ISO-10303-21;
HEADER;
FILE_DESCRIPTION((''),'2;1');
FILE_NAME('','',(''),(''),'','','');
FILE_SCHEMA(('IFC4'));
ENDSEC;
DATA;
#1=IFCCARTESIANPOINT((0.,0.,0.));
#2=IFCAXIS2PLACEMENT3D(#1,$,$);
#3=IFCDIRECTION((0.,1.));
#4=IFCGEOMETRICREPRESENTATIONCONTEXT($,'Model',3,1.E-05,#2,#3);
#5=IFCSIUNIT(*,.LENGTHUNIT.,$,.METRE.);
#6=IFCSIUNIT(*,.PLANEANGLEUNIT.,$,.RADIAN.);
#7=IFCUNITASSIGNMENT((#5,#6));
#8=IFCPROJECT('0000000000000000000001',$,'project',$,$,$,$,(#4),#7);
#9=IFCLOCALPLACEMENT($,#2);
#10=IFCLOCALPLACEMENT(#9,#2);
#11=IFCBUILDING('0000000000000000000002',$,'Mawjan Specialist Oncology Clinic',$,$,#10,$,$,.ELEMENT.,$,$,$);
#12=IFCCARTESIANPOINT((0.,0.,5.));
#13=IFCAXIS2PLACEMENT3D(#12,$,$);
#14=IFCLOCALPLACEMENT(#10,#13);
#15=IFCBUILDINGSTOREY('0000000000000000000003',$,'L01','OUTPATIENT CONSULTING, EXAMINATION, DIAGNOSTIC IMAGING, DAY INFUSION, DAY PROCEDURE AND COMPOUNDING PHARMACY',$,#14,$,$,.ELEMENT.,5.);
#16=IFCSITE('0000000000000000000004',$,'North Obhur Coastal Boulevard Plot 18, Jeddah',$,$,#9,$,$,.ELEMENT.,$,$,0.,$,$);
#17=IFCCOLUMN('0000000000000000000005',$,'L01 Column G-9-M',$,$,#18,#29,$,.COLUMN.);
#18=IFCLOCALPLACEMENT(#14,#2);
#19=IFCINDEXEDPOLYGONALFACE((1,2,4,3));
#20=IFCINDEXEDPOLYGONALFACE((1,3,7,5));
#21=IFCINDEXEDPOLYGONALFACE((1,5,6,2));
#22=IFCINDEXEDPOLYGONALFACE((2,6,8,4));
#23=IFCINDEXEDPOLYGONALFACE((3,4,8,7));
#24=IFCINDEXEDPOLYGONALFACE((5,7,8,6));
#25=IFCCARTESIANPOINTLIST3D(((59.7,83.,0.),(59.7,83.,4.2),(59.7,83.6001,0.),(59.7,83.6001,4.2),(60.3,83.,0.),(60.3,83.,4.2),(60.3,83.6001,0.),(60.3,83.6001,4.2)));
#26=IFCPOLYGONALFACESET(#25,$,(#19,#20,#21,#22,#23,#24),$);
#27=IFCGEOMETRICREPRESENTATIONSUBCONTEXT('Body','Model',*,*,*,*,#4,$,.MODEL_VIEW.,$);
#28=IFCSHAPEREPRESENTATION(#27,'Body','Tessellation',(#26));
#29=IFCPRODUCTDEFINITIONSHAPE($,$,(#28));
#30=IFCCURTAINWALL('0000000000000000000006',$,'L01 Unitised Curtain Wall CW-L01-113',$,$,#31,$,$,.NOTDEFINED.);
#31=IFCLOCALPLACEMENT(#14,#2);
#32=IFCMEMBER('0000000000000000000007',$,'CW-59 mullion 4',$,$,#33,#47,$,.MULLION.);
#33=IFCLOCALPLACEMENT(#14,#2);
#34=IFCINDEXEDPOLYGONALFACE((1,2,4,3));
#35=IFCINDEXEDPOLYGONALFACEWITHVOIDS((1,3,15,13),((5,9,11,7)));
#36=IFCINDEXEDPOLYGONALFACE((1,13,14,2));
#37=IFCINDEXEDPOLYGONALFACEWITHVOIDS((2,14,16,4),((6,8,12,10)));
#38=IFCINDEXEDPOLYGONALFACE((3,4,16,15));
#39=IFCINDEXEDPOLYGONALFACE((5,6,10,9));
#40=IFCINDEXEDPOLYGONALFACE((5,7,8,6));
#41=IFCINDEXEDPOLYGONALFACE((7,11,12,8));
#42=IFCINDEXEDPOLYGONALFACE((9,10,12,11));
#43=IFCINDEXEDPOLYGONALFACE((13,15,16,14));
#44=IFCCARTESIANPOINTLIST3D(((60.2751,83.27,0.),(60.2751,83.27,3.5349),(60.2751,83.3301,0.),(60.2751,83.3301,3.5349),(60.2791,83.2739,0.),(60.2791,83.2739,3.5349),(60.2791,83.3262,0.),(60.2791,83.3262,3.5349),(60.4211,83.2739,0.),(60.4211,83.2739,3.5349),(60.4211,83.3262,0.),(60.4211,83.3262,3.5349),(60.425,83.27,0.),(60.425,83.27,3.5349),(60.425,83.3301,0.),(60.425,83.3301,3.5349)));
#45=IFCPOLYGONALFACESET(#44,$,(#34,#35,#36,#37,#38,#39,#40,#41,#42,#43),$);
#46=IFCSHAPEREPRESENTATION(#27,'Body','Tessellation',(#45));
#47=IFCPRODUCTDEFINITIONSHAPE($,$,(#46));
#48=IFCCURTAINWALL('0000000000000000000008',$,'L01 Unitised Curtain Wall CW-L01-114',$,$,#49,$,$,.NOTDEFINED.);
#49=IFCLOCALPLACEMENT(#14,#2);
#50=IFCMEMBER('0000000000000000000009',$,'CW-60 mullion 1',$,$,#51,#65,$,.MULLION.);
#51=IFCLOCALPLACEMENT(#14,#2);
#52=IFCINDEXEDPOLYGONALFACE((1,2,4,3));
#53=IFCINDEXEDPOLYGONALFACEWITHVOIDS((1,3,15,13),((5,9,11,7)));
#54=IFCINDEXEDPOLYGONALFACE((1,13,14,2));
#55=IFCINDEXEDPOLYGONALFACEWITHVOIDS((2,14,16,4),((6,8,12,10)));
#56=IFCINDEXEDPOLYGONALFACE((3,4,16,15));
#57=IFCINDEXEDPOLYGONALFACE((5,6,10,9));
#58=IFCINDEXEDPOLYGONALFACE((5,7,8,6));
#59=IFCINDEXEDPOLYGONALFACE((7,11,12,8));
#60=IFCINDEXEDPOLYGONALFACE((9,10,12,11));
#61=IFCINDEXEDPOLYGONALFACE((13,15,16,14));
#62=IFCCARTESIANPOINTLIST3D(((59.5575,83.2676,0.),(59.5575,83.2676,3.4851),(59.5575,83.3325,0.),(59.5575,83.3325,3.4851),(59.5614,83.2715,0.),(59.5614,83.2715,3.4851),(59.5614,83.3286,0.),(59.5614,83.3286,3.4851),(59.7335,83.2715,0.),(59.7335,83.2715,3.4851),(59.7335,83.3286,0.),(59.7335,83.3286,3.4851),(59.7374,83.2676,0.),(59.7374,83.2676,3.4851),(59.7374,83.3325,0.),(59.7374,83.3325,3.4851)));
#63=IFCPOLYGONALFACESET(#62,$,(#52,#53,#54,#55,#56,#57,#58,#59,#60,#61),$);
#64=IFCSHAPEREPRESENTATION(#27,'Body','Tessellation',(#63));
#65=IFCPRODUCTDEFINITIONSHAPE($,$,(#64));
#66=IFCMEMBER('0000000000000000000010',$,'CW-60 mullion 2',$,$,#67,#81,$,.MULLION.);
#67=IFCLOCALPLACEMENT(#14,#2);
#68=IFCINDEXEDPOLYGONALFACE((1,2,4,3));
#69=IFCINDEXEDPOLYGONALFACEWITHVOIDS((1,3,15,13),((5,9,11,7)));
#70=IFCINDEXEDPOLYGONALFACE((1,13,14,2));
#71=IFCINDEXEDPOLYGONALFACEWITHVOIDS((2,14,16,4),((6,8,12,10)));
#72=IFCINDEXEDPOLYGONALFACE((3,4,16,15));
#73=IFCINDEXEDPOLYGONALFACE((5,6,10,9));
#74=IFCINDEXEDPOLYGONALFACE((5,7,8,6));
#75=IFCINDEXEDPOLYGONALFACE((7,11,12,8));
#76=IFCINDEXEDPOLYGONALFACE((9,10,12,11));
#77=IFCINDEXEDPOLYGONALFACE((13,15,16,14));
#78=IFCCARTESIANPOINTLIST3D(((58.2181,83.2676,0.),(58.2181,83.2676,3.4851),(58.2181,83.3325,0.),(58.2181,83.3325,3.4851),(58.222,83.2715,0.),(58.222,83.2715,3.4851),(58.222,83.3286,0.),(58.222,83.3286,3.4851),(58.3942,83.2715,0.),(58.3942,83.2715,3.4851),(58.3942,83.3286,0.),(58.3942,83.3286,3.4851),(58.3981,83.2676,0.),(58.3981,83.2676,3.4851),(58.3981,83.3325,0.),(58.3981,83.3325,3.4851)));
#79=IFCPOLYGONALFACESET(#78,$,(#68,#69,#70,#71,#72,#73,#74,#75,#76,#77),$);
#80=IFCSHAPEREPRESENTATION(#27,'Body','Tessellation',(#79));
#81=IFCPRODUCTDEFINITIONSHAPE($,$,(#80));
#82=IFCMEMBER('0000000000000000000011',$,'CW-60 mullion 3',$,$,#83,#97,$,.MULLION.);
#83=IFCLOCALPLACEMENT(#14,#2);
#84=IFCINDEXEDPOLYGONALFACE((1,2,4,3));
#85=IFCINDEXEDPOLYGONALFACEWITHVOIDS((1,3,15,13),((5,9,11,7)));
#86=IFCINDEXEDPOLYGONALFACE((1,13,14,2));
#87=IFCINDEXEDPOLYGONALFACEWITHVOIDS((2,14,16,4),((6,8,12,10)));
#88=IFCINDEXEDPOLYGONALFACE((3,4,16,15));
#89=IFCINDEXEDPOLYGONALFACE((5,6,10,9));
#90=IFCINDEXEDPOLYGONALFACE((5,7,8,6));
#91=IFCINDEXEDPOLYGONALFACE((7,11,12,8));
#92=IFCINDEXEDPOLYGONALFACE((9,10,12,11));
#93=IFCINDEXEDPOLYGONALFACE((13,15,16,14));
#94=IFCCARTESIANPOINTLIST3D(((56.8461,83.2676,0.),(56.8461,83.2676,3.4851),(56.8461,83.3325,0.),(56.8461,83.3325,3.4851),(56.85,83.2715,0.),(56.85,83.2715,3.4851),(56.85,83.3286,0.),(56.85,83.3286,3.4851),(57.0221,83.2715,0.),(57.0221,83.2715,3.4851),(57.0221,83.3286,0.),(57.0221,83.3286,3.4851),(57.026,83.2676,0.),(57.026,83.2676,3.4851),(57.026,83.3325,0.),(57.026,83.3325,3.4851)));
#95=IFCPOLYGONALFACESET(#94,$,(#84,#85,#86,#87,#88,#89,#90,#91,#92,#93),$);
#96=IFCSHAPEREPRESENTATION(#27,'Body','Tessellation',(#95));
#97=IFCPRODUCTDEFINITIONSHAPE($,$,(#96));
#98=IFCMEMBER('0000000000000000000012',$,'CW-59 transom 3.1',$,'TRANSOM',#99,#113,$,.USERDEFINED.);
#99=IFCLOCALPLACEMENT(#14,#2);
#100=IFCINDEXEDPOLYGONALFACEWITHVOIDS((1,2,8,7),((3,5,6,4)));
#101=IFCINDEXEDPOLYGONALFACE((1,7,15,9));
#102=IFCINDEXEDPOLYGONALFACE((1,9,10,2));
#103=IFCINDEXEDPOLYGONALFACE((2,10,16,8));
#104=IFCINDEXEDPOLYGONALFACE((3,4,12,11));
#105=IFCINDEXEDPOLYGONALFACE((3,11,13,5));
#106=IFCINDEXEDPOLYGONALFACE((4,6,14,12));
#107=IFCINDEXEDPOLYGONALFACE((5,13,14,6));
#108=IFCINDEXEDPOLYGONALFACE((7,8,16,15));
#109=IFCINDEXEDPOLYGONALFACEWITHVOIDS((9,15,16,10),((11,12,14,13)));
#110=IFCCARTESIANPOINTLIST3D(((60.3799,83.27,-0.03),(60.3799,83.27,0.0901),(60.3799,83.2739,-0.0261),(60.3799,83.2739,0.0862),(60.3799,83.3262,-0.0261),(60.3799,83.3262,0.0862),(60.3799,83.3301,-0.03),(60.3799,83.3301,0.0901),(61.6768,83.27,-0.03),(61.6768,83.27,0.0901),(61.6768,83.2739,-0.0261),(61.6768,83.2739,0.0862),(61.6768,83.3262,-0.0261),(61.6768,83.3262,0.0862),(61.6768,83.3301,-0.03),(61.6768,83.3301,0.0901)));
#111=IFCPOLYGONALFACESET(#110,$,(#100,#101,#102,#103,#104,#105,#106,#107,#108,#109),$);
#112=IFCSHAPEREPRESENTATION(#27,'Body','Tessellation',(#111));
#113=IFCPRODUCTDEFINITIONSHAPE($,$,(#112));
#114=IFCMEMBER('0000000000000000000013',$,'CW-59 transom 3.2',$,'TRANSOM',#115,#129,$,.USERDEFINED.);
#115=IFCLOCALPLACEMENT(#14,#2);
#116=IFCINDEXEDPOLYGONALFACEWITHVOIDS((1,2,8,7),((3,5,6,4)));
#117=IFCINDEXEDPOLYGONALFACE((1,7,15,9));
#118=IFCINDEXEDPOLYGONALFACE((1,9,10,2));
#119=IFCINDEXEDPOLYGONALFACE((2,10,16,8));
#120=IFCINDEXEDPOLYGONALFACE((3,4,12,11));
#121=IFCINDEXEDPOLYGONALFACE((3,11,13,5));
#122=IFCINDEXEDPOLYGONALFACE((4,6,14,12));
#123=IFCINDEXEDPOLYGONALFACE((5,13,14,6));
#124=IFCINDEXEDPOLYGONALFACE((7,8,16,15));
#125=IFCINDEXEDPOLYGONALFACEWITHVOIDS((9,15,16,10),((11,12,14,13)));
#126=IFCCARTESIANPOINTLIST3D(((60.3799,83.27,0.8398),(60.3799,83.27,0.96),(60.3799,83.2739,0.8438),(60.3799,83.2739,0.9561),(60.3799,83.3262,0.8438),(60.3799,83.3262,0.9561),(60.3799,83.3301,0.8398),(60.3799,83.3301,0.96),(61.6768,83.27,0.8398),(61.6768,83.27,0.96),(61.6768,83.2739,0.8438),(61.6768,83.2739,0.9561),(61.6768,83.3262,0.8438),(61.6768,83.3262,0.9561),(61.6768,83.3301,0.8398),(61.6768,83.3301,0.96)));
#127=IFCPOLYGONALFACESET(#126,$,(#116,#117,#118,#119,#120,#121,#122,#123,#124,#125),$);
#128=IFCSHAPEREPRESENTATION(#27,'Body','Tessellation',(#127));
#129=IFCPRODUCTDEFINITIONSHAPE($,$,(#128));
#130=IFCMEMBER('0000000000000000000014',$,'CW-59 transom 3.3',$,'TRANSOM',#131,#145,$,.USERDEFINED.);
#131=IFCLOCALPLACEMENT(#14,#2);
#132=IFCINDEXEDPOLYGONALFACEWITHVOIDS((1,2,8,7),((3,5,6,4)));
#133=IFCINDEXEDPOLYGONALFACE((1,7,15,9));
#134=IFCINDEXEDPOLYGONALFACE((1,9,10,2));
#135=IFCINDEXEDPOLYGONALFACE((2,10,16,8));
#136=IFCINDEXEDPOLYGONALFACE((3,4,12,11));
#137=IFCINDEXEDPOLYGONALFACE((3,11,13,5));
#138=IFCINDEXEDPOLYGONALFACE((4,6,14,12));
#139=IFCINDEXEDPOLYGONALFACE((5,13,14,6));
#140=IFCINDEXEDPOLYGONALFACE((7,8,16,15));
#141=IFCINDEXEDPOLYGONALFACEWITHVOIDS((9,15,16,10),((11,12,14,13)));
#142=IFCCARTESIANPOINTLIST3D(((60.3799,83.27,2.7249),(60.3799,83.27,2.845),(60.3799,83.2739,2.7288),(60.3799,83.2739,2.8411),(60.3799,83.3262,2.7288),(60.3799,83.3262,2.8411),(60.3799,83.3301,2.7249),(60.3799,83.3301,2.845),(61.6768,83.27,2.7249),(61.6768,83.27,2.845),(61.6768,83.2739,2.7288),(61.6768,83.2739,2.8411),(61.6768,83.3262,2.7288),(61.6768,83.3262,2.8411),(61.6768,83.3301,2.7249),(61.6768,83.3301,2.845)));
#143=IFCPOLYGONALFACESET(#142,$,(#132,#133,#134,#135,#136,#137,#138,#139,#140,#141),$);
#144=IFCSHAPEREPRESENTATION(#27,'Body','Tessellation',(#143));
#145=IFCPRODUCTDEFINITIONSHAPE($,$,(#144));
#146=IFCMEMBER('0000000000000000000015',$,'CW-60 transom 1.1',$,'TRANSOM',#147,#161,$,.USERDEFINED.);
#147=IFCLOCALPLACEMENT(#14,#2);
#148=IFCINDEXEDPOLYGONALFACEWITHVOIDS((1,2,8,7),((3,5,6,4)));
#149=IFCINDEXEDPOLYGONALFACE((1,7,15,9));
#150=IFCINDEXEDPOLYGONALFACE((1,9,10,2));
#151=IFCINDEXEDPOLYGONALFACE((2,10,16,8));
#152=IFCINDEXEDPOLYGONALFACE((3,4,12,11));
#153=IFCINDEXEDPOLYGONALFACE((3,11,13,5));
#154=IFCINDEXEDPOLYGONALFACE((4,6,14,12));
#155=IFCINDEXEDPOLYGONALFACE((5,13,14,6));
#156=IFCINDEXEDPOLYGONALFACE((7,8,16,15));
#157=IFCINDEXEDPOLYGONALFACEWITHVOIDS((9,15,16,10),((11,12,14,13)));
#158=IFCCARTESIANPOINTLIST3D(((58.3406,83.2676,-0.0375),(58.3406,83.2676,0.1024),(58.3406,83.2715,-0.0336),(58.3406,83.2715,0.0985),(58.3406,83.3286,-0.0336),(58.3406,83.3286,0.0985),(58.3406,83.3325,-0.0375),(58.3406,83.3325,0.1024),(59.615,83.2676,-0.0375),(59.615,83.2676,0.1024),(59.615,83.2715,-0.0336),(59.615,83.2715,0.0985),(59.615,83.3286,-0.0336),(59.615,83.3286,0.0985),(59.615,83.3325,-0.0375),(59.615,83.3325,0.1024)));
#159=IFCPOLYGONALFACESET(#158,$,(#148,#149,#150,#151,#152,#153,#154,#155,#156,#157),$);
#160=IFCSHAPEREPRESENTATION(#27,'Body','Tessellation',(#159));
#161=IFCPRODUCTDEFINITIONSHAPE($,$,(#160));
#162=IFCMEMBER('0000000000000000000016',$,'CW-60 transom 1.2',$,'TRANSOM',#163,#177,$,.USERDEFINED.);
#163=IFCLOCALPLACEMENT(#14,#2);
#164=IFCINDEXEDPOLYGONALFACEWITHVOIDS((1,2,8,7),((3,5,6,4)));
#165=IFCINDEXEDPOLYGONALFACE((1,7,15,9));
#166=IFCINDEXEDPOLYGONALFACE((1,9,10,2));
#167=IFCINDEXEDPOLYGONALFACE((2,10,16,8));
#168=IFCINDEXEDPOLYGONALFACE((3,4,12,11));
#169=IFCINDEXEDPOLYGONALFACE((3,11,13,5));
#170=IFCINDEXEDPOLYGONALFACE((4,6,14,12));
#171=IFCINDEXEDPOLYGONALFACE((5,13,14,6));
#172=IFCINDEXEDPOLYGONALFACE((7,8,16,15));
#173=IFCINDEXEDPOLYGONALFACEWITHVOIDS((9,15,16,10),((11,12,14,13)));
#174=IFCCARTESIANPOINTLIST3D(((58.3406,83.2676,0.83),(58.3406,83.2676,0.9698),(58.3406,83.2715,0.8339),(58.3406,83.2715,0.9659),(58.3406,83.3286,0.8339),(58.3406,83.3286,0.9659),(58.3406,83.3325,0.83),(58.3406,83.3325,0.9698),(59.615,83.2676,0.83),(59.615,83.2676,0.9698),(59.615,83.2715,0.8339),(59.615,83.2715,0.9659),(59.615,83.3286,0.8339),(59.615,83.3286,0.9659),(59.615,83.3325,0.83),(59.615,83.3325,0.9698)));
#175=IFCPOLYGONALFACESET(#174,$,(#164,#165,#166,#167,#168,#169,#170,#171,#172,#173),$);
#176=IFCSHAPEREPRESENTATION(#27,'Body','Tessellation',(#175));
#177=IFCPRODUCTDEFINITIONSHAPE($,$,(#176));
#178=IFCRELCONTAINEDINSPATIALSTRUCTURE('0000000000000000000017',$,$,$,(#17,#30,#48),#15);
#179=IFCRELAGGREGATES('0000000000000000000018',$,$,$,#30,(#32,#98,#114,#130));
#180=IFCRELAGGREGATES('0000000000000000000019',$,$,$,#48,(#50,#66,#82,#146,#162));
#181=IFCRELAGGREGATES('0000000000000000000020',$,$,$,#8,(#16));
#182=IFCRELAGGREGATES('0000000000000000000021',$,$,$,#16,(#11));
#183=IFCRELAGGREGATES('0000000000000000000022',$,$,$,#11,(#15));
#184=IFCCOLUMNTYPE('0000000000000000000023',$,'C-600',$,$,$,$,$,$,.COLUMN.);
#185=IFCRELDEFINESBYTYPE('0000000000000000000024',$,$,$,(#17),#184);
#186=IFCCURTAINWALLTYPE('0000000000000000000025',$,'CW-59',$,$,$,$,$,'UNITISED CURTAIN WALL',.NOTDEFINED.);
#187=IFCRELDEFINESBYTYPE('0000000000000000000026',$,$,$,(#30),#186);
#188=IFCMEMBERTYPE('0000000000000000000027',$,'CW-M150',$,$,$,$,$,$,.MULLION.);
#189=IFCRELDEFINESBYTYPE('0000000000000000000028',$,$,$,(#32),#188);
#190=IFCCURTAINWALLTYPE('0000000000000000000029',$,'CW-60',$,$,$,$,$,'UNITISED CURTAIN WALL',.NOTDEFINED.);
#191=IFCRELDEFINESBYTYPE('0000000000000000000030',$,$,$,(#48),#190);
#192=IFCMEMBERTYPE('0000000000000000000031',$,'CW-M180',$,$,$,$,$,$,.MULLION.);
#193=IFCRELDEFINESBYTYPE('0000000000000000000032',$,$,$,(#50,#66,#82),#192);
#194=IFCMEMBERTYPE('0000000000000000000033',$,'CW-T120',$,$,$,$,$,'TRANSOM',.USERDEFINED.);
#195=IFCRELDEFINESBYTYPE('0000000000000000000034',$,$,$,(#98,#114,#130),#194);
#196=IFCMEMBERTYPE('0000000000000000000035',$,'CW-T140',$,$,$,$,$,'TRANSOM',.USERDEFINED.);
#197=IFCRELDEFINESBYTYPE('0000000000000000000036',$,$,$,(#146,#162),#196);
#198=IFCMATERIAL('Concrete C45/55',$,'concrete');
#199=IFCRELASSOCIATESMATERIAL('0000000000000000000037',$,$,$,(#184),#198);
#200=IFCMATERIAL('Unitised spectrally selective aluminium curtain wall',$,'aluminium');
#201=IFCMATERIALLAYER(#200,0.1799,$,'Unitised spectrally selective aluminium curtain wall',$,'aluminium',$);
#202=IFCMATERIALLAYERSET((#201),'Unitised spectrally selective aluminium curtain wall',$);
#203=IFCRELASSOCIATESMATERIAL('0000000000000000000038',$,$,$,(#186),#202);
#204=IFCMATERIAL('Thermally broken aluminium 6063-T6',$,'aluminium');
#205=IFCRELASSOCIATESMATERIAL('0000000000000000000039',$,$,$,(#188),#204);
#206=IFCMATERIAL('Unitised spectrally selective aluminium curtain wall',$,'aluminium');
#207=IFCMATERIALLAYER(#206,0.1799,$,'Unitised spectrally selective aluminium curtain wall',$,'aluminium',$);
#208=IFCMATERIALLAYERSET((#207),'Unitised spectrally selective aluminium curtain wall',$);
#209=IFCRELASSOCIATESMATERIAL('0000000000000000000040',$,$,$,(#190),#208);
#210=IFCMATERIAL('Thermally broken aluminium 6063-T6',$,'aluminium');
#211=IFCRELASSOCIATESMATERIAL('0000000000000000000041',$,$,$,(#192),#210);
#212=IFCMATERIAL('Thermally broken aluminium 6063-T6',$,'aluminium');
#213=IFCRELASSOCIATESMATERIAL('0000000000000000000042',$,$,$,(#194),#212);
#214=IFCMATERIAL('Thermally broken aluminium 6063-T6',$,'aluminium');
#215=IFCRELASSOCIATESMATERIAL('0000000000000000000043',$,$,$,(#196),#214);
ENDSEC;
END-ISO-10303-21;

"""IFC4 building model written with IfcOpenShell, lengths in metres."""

from ifc_helpers import new_model, si_unit, direction, frame, origin, origin_2d, place, context, subcontext, project, spatial, rectangle, hollow_rectangle, extrude, material, layer, layer_set, material_profile, profile_set, type_object, element, aggregate, save


model = new_model("IFC4")

# Units and contexts
model_context = context("Model", 3, precision=1e-05, world=origin(), true_north=direction((0.0, 1.0)))
body_context = subcontext(model_context, "Body", "Model", "MODEL_VIEW")
ifc_project = project(units=[si_unit("LENGTHUNIT", "METRE"), si_unit("PLANEANGLEUNIT", "RADIAN")], contexts=[model_context])

# Site, building, storey
site_placement = place(None, origin())
site = spatial("IfcSite", under=ifc_project, at=site_placement, Name="North Obhur Coastal Boulevard Plot 18, Jeddah", CompositionType="ELEMENT", RefElevation=0.0)
building_placement = place(site_placement, origin())
building = spatial("IfcBuilding", under=site, at=building_placement, Name="Mawjan Specialist Oncology Clinic", CompositionType="ELEMENT")
storey_placement = place(building_placement, frame((0.0, 0.0, 5.0)))
storey = spatial("IfcBuildingStorey", under=building, at=storey_placement, Name="L01", Description="OUTPATIENT CONSULTING, EXAMINATION, DIAGNOSTIC IMAGING, DAY INFUSION, DAY PROCEDURE AND COMPOUNDING PHARMACY", CompositionType="ELEMENT", Elevation=5.0)

# Column
ifc_material_1 = material(Name="Concrete C45/55", Category="concrete")
ifc_material_profile_1 = material_profile(ifc_material_1, rectangle(XDim=0.6001, YDim=0.6001, at=origin_2d()), Name="RC COL 600x600", Category="concrete")
ifc_profile_set_1 = profile_set([ifc_material_profile_1], Name="Concrete C45/55")
column_type = type_object("IfcColumnType", Name="C-600", PredefinedType="COLUMN", material=ifc_profile_set_1)
column_placement = place(storey_placement, frame((60.0, 83.3, 0.0), z_axis=(0.0, 0.0, 1.0), x_axis=(1.0, 0.0, 0.0)))
element("IfcColumn", 1, at=column_placement, inside=storey, type_object=column_type, Name="L01 Column G-9-M", PredefinedType="COLUMN", context=body_context, shape_type="SweptSolid", body=[
    extrude(rectangle(XDim=0.6001, YDim=0.6001, at=origin_2d()), origin(), (0.0, 0.0, 1.0), 4.2),
])

# Curtain wall, member
ifc_material_2 = material(Name="Unitised spectrally selective aluminium curtain wall", Category="aluminium")
ifc_layer_1 = layer(ifc_material_2, 0.1799, Name="Unitised spectrally selective aluminium curtain wall", Category="aluminium")
ifc_layer_set_1 = layer_set([ifc_layer_1], Name="Unitised spectrally selective aluminium curtain wall")
curtain_wall_type_1 = type_object("IfcCurtainWallType", Name="CW-59", ElementType="UNITISED CURTAIN WALL", PredefinedType="NOTDEFINED", material=ifc_layer_set_1)
curtain_wall_1_placement = place(storey_placement, origin())
curtain_wall_1 = element("IfcCurtainWall", 2, at=curtain_wall_1_placement, inside=storey, type_object=curtain_wall_type_1, Name="L01 Unitised Curtain Wall CW-L01-113", PredefinedType="NOTDEFINED")
ifc_material_3 = material(Name="Thermally broken aluminium 6063-T6", Category="aluminium")
ifc_material_profile_2 = material_profile(ifc_material_3, hollow_rectangle(XDim=0.0601, YDim=0.1499, WallThickness=0.0039, at=origin_2d()), Name="ALU MULLION 150x60x4", Category="aluminium")
ifc_profile_set_2 = profile_set([ifc_material_profile_2], Name="Thermally broken aluminium 6063-T6")
member_type_1 = type_object("IfcMemberType", Name="CW-M150", PredefinedType="MULLION", material=ifc_profile_set_2)
member_1_placement = place(storey_placement, frame((60.3501, 83.3, 0.0), z_axis=(0.0, 0.0, 1.0), x_axis=(0.0, -1.0, 0.0)))
member_1 = element("IfcMember", 3, at=member_1_placement, type_object=member_type_1, Name="CW-59 mullion 4", PredefinedType="MULLION", context=body_context, shape_type="SweptSolid", body=[
    extrude(hollow_rectangle(XDim=0.0601, YDim=0.1499, WallThickness=0.0039, at=origin_2d()), origin(), (0.0, 0.0, 1.0), 3.5349),
])

# Curtain wall, members
ifc_material_4 = material(Name="Unitised spectrally selective aluminium curtain wall", Category="aluminium")
ifc_layer_2 = layer(ifc_material_4, 0.1799, Name="Unitised spectrally selective aluminium curtain wall", Category="aluminium")
ifc_layer_set_2 = layer_set([ifc_layer_2], Name="Unitised spectrally selective aluminium curtain wall")
curtain_wall_type_2 = type_object("IfcCurtainWallType", Name="CW-60", ElementType="UNITISED CURTAIN WALL", PredefinedType="NOTDEFINED", material=ifc_layer_set_2)
curtain_wall_2_placement = place(storey_placement, origin())
curtain_wall_2 = element("IfcCurtainWall", 4, at=curtain_wall_2_placement, inside=storey, type_object=curtain_wall_type_2, Name="L01 Unitised Curtain Wall CW-L01-114", PredefinedType="NOTDEFINED")
ifc_material_5 = material(Name="Thermally broken aluminium 6063-T6", Category="aluminium")
ifc_material_profile_3 = material_profile(ifc_material_5, hollow_rectangle(XDim=0.0649, YDim=0.1799, WallThickness=0.0039, at=origin_2d()), Name="ALU MULLION 180x65x4", Category="aluminium")
ifc_profile_set_3 = profile_set([ifc_material_profile_3], Name="Thermally broken aluminium 6063-T6")
member_type_2 = type_object("IfcMemberType", Name="CW-M180", PredefinedType="MULLION", material=ifc_profile_set_3)
member_2_placement = place(storey_placement, frame((59.6475, 83.3, 0.0), z_axis=(0.0, 0.0, 1.0), x_axis=(0.0, -1.0, 0.0)))
member_2 = element("IfcMember", 5, at=member_2_placement, type_object=member_type_2, Name="CW-60 mullion 1", PredefinedType="MULLION", context=body_context, shape_type="SweptSolid", body=[
    extrude(hollow_rectangle(XDim=0.0649, YDim=0.1799, WallThickness=0.0039, at=origin_2d()), origin(), (0.0, 0.0, 1.0), 3.4851),
])
member_3_placement = place(storey_placement, frame((58.3081, 83.3, 0.0), z_axis=(0.0, 0.0, 1.0), x_axis=(0.0, -1.0, 0.0)))
member_3 = element("IfcMember", 6, at=member_3_placement, type_object=member_type_2, Name="CW-60 mullion 2", PredefinedType="MULLION", context=body_context, shape_type="SweptSolid", body=[
    extrude(hollow_rectangle(XDim=0.0649, YDim=0.1799, WallThickness=0.0039, at=origin_2d()), origin(), (0.0, 0.0, 1.0), 3.4851),
])
member_4_placement = place(storey_placement, frame((56.936, 83.3, 0.0), z_axis=(0.0, 0.0, 1.0), x_axis=(0.0, -1.0, 0.0)))
member_4 = element("IfcMember", 7, at=member_4_placement, type_object=member_type_2, Name="CW-60 mullion 3", PredefinedType="MULLION", context=body_context, shape_type="SweptSolid", body=[
    extrude(hollow_rectangle(XDim=0.0649, YDim=0.1799, WallThickness=0.0039, at=origin_2d()), origin(), (0.0, 0.0, 1.0), 3.4851),
])

# Members
ifc_material_6 = material(Name="Thermally broken aluminium 6063-T6", Category="aluminium")
ifc_material_profile_4 = material_profile(ifc_material_6, hollow_rectangle(XDim=0.0601, YDim=0.1201, WallThickness=0.0039, at=origin_2d()), Name="ALU TRANSOM 120x60x4", Category="aluminium")
ifc_profile_set_4 = profile_set([ifc_material_profile_4], Name="Thermally broken aluminium 6063-T6")
member_type_3 = type_object("IfcMemberType", Name="CW-T120", ElementType="TRANSOM", PredefinedType="USERDEFINED", material=ifc_profile_set_4)
member_5_placement = place(storey_placement, frame((61.6768, 83.3, 0.03), z_axis=(-1.0, 0.0, 0.0), x_axis=(0.0, -1.0, 0.0)))
member_5 = element("IfcMember", 8, at=member_5_placement, type_object=member_type_3, Name="CW-59 transom 3.1", ObjectType="TRANSOM", PredefinedType="USERDEFINED", context=body_context, shape_type="SweptSolid", body=[
    extrude(hollow_rectangle(XDim=0.0601, YDim=0.1201, WallThickness=0.0039, at=origin_2d()), origin(), (0.0, 0.0, 1.0), 1.2969),
])
member_6_placement = place(storey_placement, frame((61.6768, 83.3, 0.8999), z_axis=(-1.0, 0.0, 0.0), x_axis=(0.0, -1.0, 0.0)))
member_6 = element("IfcMember", 9, at=member_6_placement, type_object=member_type_3, Name="CW-59 transom 3.2", ObjectType="TRANSOM", PredefinedType="USERDEFINED", context=body_context, shape_type="SweptSolid", body=[
    extrude(hollow_rectangle(XDim=0.0601, YDim=0.1201, WallThickness=0.0039, at=origin_2d()), origin(), (0.0, 0.0, 1.0), 1.2969),
])
member_7_placement = place(storey_placement, frame((61.6768, 83.3, 2.7849), z_axis=(-1.0, 0.0, 0.0), x_axis=(0.0, -1.0, 0.0)))
member_7 = element("IfcMember", 10, at=member_7_placement, type_object=member_type_3, Name="CW-59 transom 3.3", ObjectType="TRANSOM", PredefinedType="USERDEFINED", context=body_context, shape_type="SweptSolid", body=[
    extrude(hollow_rectangle(XDim=0.0601, YDim=0.1201, WallThickness=0.0039, at=origin_2d()), origin(), (0.0, 0.0, 1.0), 1.2969),
])
ifc_material_7 = material(Name="Thermally broken aluminium 6063-T6", Category="aluminium")
ifc_material_profile_5 = material_profile(ifc_material_7, hollow_rectangle(XDim=0.0649, YDim=0.1399, WallThickness=0.0039, at=origin_2d()), Name="ALU TRANSOM 140x65x4", Category="aluminium")
ifc_profile_set_5 = profile_set([ifc_material_profile_5], Name="Thermally broken aluminium 6063-T6")
member_type_4 = type_object("IfcMemberType", Name="CW-T140", ElementType="TRANSOM", PredefinedType="USERDEFINED", material=ifc_profile_set_5)
member_8_placement = place(storey_placement, frame((59.615, 83.3, 0.0325), z_axis=(-1.0, 0.0, 0.0), x_axis=(0.0, -1.0, 0.0)))
member_8 = element("IfcMember", 11, at=member_8_placement, type_object=member_type_4, Name="CW-60 transom 1.1", ObjectType="TRANSOM", PredefinedType="USERDEFINED", context=body_context, shape_type="SweptSolid", body=[
    extrude(hollow_rectangle(XDim=0.0649, YDim=0.1399, WallThickness=0.0039, at=origin_2d()), origin(), (0.0, 0.0, 1.0), 1.2744),
])
member_9_placement = place(storey_placement, frame((59.615, 83.3, 0.8999), z_axis=(-1.0, 0.0, 0.0), x_axis=(0.0, -1.0, 0.0)))
member_9 = element("IfcMember", 12, at=member_9_placement, type_object=member_type_4, Name="CW-60 transom 1.2", ObjectType="TRANSOM", PredefinedType="USERDEFINED", context=body_context, shape_type="SweptSolid", body=[
    extrude(hollow_rectangle(XDim=0.0649, YDim=0.1399, WallThickness=0.0039, at=origin_2d()), origin(), (0.0, 0.0, 1.0), 1.2744),
])

aggregate(curtain_wall_1, [member_1, member_5, member_6, member_7])
aggregate(curtain_wall_2, [member_2, member_3, member_4, member_8, member_9])

save(model, "model.ifc")
